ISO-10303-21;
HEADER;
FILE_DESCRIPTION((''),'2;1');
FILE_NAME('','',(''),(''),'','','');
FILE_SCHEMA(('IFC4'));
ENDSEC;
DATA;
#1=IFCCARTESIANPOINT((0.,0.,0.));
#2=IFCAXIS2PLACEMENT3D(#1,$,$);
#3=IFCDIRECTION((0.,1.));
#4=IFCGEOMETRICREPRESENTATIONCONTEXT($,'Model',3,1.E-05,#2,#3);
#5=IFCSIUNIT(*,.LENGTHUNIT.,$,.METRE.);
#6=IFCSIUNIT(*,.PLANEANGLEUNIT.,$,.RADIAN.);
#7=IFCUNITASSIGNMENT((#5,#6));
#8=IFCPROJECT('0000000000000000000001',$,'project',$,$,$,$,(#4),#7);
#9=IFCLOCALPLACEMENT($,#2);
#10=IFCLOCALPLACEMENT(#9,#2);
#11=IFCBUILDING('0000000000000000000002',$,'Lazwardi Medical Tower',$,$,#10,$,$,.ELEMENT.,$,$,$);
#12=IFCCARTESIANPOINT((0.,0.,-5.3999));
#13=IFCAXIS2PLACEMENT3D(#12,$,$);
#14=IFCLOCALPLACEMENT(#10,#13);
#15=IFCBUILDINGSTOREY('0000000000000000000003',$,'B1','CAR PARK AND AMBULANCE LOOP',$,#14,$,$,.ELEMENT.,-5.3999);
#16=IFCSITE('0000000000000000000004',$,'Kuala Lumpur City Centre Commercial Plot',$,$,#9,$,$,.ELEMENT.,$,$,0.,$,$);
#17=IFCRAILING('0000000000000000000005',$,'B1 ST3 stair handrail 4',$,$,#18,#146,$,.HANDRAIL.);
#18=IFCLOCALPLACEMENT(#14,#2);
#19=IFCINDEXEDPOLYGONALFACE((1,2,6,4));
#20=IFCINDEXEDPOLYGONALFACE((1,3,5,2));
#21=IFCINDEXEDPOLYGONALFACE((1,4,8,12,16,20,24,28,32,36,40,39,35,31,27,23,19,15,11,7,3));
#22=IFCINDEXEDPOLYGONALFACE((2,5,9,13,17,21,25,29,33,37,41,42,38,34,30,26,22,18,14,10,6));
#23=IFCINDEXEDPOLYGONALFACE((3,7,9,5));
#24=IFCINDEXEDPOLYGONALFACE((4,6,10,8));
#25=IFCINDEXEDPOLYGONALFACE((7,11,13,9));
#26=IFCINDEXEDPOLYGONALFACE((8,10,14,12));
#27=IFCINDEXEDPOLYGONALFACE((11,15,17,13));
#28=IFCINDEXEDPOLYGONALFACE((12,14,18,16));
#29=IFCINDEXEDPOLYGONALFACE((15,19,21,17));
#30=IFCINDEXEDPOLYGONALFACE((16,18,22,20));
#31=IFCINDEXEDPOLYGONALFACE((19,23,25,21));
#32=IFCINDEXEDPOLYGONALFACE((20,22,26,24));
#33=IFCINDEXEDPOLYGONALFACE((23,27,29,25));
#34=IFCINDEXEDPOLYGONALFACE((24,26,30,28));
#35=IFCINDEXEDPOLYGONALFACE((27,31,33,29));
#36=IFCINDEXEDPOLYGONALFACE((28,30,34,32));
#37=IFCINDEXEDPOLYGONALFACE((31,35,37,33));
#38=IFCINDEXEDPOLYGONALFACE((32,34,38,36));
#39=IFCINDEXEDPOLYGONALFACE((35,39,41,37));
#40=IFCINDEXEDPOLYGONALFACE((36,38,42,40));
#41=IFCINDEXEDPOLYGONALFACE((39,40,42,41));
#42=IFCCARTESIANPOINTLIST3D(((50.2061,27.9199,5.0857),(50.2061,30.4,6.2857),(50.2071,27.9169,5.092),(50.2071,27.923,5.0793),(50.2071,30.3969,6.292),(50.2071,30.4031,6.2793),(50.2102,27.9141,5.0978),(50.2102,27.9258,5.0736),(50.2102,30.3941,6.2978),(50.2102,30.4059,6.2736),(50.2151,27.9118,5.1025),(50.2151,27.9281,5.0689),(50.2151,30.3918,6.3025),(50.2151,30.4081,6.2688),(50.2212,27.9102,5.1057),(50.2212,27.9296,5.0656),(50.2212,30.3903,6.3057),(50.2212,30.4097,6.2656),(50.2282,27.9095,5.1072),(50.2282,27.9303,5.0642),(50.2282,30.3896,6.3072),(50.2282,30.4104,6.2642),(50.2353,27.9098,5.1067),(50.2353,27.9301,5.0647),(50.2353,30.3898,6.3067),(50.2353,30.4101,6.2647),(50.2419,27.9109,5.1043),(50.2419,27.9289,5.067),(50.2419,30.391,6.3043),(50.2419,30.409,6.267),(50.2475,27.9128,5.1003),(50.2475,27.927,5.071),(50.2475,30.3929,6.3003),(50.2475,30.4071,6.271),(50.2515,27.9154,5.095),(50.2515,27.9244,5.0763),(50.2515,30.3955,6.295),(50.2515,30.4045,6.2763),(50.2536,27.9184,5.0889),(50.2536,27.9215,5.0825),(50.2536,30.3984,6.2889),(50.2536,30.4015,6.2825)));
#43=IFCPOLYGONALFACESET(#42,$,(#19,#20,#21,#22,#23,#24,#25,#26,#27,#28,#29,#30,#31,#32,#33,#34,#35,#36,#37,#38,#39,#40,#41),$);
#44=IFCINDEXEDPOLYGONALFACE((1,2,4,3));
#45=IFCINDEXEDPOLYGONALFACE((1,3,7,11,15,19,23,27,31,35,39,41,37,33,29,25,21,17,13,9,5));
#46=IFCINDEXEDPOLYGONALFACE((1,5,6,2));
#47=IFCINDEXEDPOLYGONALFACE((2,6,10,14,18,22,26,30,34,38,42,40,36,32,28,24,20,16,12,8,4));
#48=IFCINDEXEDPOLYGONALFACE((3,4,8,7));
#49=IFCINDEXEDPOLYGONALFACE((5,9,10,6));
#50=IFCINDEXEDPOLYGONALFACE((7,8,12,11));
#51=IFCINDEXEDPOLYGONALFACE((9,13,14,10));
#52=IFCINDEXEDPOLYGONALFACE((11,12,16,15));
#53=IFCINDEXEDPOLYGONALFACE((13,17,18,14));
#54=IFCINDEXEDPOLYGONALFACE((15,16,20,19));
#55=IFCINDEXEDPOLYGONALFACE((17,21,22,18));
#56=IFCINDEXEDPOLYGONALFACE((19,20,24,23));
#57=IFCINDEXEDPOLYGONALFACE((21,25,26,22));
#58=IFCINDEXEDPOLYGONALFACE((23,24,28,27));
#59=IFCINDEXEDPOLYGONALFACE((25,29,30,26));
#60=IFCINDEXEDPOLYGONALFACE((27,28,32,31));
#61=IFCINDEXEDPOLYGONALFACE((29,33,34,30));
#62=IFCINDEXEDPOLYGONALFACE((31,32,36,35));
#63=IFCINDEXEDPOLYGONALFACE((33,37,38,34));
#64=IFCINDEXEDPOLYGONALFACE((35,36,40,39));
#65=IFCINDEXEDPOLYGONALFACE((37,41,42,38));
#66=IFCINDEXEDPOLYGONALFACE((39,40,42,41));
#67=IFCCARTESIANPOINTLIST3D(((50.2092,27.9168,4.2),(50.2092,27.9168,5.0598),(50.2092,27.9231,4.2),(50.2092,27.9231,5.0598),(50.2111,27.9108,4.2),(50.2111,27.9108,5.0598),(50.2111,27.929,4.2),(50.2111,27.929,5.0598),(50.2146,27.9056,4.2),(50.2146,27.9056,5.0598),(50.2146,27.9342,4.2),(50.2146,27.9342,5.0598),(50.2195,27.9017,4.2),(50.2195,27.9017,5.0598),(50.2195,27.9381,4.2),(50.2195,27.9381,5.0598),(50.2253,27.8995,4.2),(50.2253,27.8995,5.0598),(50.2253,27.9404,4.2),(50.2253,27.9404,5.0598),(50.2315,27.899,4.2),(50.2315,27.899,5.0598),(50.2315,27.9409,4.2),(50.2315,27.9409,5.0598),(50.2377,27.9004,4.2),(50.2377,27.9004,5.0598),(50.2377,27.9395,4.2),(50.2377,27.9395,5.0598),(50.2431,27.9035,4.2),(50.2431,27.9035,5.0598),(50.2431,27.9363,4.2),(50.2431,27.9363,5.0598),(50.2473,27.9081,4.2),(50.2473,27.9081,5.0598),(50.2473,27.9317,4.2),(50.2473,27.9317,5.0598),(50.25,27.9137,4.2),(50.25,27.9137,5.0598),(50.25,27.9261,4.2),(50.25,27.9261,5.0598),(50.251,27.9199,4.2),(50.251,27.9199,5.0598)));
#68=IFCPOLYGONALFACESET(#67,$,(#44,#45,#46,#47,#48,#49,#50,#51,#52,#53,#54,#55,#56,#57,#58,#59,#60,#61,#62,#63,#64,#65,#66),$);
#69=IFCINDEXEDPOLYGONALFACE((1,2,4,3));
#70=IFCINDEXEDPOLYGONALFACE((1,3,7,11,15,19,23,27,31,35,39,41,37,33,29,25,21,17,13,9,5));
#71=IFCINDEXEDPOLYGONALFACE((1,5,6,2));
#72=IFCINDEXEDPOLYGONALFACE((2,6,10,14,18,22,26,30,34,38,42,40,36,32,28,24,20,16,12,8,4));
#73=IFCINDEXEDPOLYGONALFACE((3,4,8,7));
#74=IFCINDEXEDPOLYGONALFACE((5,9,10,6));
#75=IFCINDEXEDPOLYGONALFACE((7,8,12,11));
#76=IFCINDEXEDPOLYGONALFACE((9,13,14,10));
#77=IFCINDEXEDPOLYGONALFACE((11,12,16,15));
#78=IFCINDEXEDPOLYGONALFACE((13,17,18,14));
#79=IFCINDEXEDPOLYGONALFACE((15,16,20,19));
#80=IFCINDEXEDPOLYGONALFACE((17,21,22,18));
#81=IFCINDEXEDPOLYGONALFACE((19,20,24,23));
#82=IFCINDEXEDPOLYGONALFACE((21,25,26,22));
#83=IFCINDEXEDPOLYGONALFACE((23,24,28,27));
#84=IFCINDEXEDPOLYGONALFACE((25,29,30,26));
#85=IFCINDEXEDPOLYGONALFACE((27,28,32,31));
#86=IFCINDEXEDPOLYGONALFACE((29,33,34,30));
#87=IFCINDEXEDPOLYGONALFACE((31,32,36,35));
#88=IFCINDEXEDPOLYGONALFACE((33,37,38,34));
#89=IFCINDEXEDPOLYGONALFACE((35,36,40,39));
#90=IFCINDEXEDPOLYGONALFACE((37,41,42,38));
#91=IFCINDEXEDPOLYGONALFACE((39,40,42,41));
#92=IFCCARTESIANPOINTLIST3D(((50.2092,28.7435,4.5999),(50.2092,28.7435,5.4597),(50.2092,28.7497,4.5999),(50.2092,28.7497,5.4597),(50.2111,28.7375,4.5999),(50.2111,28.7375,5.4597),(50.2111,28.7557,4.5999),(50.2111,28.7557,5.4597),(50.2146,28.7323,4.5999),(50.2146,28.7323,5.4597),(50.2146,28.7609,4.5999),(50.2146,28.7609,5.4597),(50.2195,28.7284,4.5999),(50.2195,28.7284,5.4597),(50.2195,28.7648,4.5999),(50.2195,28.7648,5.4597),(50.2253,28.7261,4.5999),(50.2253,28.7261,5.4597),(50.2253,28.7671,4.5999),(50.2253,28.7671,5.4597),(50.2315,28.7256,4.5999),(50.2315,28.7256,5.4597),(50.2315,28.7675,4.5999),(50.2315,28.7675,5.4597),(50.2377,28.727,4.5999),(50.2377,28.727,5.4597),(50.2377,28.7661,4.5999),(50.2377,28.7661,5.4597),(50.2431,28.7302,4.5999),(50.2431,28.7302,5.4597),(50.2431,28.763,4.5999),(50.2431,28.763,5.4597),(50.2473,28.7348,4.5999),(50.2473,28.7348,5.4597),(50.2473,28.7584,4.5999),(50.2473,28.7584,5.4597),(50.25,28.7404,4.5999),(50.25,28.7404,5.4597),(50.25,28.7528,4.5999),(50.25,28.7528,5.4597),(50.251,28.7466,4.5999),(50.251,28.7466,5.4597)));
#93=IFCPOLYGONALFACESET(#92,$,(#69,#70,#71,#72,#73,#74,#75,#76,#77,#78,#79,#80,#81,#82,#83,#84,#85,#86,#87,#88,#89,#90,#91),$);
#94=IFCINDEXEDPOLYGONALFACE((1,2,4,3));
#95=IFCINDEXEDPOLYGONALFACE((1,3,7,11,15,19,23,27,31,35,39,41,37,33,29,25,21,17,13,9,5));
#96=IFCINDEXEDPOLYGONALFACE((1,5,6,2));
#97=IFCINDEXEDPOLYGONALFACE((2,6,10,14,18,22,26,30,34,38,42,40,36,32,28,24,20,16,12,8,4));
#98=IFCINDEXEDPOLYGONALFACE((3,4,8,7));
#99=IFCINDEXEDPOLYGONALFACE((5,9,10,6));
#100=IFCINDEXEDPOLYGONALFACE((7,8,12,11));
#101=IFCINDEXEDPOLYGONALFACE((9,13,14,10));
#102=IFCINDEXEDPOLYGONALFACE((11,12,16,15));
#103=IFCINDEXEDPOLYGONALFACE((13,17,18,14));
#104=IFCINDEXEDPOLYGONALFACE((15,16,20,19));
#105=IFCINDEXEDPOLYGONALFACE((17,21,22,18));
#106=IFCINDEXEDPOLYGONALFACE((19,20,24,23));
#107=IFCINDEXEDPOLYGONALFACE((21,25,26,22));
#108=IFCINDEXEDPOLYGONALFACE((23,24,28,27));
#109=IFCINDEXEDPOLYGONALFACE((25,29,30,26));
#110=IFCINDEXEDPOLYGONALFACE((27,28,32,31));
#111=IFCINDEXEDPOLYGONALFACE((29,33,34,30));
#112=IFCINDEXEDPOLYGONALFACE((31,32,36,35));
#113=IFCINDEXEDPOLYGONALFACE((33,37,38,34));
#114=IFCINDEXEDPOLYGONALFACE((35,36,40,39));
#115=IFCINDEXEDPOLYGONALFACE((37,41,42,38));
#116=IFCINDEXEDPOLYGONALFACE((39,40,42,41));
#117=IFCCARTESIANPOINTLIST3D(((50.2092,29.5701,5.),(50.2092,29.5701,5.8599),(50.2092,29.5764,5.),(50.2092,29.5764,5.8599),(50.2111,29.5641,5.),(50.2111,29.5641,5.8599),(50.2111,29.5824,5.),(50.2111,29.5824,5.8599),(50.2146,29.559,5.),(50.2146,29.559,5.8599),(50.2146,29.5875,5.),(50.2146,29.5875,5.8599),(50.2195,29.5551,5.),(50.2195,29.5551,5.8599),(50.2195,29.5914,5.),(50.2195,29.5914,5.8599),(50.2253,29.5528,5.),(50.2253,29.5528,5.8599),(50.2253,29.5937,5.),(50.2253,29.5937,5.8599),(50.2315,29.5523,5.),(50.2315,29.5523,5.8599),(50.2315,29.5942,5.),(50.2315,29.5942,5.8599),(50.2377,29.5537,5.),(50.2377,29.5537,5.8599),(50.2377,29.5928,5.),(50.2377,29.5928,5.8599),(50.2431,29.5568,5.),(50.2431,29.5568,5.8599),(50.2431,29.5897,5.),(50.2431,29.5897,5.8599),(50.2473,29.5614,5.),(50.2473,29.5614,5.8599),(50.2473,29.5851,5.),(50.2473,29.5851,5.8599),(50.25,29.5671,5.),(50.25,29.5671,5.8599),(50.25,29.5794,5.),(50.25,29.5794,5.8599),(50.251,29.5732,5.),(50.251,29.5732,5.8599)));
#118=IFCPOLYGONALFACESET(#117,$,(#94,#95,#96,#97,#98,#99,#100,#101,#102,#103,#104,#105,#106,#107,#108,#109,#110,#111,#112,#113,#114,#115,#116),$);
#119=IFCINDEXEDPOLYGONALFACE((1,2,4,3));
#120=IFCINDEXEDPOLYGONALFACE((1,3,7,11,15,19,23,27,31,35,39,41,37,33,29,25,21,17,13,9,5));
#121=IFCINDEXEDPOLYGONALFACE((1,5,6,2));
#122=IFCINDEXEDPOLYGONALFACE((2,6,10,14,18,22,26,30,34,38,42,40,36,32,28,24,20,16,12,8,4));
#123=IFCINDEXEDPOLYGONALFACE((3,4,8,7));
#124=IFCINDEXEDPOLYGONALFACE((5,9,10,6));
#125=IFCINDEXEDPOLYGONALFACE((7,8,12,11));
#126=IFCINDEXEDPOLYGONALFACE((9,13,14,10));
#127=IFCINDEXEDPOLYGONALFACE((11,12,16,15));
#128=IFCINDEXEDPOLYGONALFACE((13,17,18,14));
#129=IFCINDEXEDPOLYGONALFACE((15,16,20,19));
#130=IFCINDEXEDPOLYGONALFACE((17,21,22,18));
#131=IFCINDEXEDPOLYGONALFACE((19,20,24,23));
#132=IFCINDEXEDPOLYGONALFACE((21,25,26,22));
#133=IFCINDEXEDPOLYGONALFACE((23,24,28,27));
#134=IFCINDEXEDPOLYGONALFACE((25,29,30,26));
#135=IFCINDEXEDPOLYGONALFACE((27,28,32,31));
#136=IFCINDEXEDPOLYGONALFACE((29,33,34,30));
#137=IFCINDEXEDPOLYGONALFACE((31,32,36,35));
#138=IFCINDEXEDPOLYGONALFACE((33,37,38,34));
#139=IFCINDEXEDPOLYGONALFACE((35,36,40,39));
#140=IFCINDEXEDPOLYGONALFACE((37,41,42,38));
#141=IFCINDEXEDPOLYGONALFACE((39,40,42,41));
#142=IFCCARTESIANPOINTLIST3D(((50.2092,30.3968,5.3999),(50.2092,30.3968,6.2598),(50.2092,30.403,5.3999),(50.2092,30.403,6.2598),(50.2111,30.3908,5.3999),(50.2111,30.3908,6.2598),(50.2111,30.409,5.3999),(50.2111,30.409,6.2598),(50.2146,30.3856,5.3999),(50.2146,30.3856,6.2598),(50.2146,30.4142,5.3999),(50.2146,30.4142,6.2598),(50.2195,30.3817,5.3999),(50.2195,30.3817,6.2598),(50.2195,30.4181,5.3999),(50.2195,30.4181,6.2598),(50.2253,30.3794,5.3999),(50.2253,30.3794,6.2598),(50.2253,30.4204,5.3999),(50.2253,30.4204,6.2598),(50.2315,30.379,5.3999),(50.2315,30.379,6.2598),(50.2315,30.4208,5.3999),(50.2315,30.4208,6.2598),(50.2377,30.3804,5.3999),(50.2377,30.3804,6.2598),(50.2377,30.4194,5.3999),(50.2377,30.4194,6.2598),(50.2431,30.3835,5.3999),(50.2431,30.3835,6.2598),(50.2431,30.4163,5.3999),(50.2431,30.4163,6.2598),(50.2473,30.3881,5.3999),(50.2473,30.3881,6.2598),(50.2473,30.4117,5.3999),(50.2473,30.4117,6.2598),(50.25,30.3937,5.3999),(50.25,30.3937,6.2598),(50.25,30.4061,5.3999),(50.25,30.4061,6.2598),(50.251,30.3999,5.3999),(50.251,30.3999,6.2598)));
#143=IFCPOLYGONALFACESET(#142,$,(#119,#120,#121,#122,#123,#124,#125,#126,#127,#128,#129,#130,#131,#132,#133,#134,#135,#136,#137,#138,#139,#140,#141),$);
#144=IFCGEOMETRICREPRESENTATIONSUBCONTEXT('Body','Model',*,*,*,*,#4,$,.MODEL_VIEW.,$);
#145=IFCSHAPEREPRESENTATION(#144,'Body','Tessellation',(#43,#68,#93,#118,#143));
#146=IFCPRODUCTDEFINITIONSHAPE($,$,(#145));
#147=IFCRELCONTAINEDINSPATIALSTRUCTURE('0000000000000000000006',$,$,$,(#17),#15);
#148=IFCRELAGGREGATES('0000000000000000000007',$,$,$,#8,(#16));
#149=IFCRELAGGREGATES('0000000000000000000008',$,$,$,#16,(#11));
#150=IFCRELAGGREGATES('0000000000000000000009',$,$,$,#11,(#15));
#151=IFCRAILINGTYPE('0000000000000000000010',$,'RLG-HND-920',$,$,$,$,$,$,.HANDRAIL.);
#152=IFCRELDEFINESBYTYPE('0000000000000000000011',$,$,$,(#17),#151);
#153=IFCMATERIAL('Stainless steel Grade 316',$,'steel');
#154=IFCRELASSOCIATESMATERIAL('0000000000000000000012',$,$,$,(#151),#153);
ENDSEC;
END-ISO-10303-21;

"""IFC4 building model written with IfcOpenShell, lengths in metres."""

from ifc_helpers import new_model, si_unit, direction, frame, origin, origin_2d, place, context, subcontext, project, spatial, circle, extrude, material, type_object, element, save


model = new_model("IFC4")

# Units and contexts
model_context = context("Model", 3, precision=1e-05, world=origin(), true_north=direction((0.0, 1.0)))
body_context = subcontext(model_context, "Body", "Model", "MODEL_VIEW")
ifc_project = project(units=[si_unit("LENGTHUNIT", "METRE"), si_unit("PLANEANGLEUNIT", "RADIAN")], contexts=[model_context])

# Site, building, storey
site_placement = place(None, origin())
site = spatial("IfcSite", under=ifc_project, at=site_placement, Name="Kuala Lumpur City Centre Commercial Plot", CompositionType="ELEMENT", RefElevation=0.0)
building_placement = place(site_placement, origin())
building = spatial("IfcBuilding", under=site, at=building_placement, Name="Lazwardi Medical Tower", CompositionType="ELEMENT")
storey_placement = place(building_placement, frame((0.0, 0.0, -5.3999)))
storey = spatial("IfcBuildingStorey", under=building, at=storey_placement, Name="B1", Description="CAR PARK AND AMBULANCE LOOP", CompositionType="ELEMENT", Elevation=-5.3999)

# Railing
ifc_material_1 = material(Name="Stainless steel Grade 316", Category="steel")
railing_type = type_object("IfcRailingType", Name="RLG-HND-920", PredefinedType="HANDRAIL", material=ifc_material_1)
for number, where, name in (
    (1, (50.23, 27.9199, 4.2), "B1 ST3 stair handrail 4"),
):
    element("IfcRailing", number, at=place(storey_placement, frame(where)), inside=storey, type_object=railing_type, Name=name, PredefinedType="HANDRAIL", context=body_context, shape_type="SweptSolid", body=[
        extrude(circle(Radius=0.0239, at=origin_2d()), frame((0.0, 0.0, 0.8857), z_axis=(0.0, 0.900165, 0.435549), x_axis=(-1.0, 0.0, 0.0)), (0.0, 0.0, 1.0), 2.7551),
        extrude(circle(Radius=0.021, at=origin_2d()), origin(), (0.0, 0.0, 1.0), 0.8599),
        extrude(circle(Radius=0.021, at=origin_2d()), frame((0.0, 0.8267, 0.3999)), (0.0, 0.0, 1.0), 0.8599),
        extrude(circle(Radius=0.021, at=origin_2d()), frame((0.0, 1.6533, 0.8)), (0.0, 0.0, 1.0), 0.8599),
        extrude(circle(Radius=0.021, at=origin_2d()), frame((0.0, 2.48, 1.2)), (0.0, 0.0, 1.0), 0.8599),
    ])

save(model, "model.ifc")
